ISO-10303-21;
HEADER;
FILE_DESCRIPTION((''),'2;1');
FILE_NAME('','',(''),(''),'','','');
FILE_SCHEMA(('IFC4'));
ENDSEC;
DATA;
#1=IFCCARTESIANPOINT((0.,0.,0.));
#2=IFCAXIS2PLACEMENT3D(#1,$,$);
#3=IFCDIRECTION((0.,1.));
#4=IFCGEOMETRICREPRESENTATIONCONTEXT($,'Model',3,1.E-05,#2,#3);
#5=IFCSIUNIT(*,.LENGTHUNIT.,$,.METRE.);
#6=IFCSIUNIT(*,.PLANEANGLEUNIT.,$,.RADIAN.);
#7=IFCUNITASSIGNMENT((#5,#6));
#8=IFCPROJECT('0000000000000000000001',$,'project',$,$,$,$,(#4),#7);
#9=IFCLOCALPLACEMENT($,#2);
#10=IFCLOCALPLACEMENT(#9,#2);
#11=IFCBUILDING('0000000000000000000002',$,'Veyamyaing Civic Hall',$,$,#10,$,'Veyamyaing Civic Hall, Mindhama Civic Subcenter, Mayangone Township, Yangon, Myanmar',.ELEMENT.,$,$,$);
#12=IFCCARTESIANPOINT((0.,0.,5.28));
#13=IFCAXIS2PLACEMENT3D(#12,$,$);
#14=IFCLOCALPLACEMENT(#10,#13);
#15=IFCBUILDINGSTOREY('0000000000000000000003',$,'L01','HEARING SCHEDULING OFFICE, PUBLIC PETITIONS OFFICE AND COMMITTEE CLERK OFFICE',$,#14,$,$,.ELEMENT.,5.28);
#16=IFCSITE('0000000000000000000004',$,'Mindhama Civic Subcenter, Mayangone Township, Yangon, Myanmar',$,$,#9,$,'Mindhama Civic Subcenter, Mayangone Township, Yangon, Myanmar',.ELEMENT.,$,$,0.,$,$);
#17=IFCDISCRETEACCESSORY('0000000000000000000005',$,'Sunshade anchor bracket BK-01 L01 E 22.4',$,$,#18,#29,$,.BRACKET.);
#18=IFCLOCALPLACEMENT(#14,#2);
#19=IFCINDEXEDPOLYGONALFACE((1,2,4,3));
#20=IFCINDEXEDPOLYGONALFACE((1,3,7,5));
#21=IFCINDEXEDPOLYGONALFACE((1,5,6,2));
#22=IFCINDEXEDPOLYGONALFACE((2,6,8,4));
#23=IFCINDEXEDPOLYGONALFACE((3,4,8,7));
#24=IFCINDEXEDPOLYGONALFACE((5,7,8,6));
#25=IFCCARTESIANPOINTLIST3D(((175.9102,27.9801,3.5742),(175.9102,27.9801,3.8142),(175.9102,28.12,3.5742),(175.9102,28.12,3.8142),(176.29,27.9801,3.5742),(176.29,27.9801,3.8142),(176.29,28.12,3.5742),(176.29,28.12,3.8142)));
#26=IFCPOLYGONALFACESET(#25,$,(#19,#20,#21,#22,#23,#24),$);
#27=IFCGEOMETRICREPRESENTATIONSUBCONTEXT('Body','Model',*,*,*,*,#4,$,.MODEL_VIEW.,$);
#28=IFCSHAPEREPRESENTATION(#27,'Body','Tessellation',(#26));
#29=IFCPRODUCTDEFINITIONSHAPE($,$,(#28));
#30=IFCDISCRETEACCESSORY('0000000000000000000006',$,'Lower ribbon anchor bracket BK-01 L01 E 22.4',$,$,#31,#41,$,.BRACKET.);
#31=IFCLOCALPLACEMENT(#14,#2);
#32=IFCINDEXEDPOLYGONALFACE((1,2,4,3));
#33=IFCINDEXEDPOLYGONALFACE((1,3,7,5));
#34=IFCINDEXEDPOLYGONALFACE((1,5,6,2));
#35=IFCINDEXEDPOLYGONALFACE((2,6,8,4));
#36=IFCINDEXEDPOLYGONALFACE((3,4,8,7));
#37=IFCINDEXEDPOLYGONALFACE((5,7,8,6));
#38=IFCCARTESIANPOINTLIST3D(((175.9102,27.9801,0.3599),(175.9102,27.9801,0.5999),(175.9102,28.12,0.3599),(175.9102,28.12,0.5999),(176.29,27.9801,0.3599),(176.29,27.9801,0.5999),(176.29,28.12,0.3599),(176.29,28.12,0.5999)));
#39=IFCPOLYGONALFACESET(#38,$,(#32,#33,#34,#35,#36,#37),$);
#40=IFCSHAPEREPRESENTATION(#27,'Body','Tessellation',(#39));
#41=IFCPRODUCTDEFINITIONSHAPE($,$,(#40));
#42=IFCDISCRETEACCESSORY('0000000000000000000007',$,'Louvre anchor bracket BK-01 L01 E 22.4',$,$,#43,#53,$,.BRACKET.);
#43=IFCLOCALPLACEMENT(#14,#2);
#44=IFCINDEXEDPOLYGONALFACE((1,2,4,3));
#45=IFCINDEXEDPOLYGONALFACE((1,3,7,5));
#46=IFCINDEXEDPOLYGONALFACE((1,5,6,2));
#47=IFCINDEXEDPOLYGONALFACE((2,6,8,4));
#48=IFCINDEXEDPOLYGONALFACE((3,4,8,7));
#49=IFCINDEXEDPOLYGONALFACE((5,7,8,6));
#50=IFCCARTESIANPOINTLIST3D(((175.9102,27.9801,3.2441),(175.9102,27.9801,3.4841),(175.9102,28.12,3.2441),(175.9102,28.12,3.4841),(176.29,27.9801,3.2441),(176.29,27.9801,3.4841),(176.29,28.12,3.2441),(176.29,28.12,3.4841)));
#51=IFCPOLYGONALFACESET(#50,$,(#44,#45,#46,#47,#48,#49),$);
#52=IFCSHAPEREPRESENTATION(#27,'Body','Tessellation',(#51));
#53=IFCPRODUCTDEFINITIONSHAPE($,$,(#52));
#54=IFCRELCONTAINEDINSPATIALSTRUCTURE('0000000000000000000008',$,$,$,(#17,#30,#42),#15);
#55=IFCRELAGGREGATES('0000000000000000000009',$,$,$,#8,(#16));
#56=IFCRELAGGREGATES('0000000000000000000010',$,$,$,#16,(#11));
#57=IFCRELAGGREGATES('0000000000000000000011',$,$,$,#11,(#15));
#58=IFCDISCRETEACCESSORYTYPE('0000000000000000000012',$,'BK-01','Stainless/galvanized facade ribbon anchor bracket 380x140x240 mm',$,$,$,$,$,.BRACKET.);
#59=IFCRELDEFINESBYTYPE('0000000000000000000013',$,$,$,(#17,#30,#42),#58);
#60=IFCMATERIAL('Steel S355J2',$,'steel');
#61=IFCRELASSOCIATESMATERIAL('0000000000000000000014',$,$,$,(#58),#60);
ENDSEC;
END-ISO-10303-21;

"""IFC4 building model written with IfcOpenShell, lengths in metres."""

from ifc_helpers import new_model, si_unit, direction, frame, origin, origin_2d, place, context, subcontext, project, spatial, rectangle, extrude, material, type_object, element, save


model = new_model("IFC4")

# Units and contexts
model_context = context("Model", 3, precision=1e-05, world=origin(), true_north=direction((0.0, 1.0)))
body_context = subcontext(model_context, "Body", "Model", "MODEL_VIEW")
ifc_project = project(units=[si_unit("LENGTHUNIT", "METRE"), si_unit("PLANEANGLEUNIT", "RADIAN")], contexts=[model_context])

# Site, building, storey
site_placement = place(None, origin())
site = spatial("IfcSite", under=ifc_project, at=site_placement, Name="Mindhama Civic Subcenter, Mayangone Township, Yangon, Myanmar", LongName="Mindhama Civic Subcenter, Mayangone Township, Yangon, Myanmar", CompositionType="ELEMENT", RefElevation=0.0)
building_placement = place(site_placement, origin())
building = spatial("IfcBuilding", under=site, at=building_placement, Name="Veyamyaing Civic Hall", LongName="Veyamyaing Civic Hall, Mindhama Civic Subcenter, Mayangone Township, Yangon, Myanmar", CompositionType="ELEMENT")
storey_placement = place(building_placement, frame((0.0, 0.0, 5.28)))
storey = spatial("IfcBuildingStorey", under=building, at=storey_placement, Name="L01", Description="HEARING SCHEDULING OFFICE, PUBLIC PETITIONS OFFICE AND COMMITTEE CLERK OFFICE", CompositionType="ELEMENT", Elevation=5.28)

# Shared definitions
ifc_material_1 = material(Name="Steel S355J2", Category="steel")

# Discrete accessories
discrete_accessory_type = type_object("IfcDiscreteAccessoryType", Name="BK-01", Description="Stainless/galvanized facade ribbon anchor bracket 380x140x240 mm", PredefinedType="BRACKET", material=ifc_material_1)
for number, where, z_axis, x_axis, name in (
    (1, (176.1001, 28.05, 3.5742), (0.0, 0.0, 1.0), (1.0, 0.0, 0.0), "Sunshade anchor bracket BK-01 L01 E 22.4"),
    (2, (176.1001, 28.05, 0.3599), (0.0, 0.0, 1.0), (1.0, 0.0, 0.0), "Lower ribbon anchor bracket BK-01 L01 E 22.4"),
    (3, (176.1001, 28.05, 3.2441), (0.0, 0.0, 1.0), (1.0, 0.0, 0.0), "Louvre anchor bracket BK-01 L01 E 22.4"),
):
    element("IfcDiscreteAccessory", number, at=place(storey_placement, frame(where, z_axis=z_axis, x_axis=x_axis)), inside=storey, type_object=discrete_accessory_type, Name=name, PredefinedType="BRACKET", context=body_context, shape_type="SweptSolid", body=[
        extrude(rectangle(XDim=0.3799, YDim=0.1399, at=origin_2d()), origin(), (0.0, 0.0, 1.0), 0.24),
    ])

save(model, "model.ifc")
